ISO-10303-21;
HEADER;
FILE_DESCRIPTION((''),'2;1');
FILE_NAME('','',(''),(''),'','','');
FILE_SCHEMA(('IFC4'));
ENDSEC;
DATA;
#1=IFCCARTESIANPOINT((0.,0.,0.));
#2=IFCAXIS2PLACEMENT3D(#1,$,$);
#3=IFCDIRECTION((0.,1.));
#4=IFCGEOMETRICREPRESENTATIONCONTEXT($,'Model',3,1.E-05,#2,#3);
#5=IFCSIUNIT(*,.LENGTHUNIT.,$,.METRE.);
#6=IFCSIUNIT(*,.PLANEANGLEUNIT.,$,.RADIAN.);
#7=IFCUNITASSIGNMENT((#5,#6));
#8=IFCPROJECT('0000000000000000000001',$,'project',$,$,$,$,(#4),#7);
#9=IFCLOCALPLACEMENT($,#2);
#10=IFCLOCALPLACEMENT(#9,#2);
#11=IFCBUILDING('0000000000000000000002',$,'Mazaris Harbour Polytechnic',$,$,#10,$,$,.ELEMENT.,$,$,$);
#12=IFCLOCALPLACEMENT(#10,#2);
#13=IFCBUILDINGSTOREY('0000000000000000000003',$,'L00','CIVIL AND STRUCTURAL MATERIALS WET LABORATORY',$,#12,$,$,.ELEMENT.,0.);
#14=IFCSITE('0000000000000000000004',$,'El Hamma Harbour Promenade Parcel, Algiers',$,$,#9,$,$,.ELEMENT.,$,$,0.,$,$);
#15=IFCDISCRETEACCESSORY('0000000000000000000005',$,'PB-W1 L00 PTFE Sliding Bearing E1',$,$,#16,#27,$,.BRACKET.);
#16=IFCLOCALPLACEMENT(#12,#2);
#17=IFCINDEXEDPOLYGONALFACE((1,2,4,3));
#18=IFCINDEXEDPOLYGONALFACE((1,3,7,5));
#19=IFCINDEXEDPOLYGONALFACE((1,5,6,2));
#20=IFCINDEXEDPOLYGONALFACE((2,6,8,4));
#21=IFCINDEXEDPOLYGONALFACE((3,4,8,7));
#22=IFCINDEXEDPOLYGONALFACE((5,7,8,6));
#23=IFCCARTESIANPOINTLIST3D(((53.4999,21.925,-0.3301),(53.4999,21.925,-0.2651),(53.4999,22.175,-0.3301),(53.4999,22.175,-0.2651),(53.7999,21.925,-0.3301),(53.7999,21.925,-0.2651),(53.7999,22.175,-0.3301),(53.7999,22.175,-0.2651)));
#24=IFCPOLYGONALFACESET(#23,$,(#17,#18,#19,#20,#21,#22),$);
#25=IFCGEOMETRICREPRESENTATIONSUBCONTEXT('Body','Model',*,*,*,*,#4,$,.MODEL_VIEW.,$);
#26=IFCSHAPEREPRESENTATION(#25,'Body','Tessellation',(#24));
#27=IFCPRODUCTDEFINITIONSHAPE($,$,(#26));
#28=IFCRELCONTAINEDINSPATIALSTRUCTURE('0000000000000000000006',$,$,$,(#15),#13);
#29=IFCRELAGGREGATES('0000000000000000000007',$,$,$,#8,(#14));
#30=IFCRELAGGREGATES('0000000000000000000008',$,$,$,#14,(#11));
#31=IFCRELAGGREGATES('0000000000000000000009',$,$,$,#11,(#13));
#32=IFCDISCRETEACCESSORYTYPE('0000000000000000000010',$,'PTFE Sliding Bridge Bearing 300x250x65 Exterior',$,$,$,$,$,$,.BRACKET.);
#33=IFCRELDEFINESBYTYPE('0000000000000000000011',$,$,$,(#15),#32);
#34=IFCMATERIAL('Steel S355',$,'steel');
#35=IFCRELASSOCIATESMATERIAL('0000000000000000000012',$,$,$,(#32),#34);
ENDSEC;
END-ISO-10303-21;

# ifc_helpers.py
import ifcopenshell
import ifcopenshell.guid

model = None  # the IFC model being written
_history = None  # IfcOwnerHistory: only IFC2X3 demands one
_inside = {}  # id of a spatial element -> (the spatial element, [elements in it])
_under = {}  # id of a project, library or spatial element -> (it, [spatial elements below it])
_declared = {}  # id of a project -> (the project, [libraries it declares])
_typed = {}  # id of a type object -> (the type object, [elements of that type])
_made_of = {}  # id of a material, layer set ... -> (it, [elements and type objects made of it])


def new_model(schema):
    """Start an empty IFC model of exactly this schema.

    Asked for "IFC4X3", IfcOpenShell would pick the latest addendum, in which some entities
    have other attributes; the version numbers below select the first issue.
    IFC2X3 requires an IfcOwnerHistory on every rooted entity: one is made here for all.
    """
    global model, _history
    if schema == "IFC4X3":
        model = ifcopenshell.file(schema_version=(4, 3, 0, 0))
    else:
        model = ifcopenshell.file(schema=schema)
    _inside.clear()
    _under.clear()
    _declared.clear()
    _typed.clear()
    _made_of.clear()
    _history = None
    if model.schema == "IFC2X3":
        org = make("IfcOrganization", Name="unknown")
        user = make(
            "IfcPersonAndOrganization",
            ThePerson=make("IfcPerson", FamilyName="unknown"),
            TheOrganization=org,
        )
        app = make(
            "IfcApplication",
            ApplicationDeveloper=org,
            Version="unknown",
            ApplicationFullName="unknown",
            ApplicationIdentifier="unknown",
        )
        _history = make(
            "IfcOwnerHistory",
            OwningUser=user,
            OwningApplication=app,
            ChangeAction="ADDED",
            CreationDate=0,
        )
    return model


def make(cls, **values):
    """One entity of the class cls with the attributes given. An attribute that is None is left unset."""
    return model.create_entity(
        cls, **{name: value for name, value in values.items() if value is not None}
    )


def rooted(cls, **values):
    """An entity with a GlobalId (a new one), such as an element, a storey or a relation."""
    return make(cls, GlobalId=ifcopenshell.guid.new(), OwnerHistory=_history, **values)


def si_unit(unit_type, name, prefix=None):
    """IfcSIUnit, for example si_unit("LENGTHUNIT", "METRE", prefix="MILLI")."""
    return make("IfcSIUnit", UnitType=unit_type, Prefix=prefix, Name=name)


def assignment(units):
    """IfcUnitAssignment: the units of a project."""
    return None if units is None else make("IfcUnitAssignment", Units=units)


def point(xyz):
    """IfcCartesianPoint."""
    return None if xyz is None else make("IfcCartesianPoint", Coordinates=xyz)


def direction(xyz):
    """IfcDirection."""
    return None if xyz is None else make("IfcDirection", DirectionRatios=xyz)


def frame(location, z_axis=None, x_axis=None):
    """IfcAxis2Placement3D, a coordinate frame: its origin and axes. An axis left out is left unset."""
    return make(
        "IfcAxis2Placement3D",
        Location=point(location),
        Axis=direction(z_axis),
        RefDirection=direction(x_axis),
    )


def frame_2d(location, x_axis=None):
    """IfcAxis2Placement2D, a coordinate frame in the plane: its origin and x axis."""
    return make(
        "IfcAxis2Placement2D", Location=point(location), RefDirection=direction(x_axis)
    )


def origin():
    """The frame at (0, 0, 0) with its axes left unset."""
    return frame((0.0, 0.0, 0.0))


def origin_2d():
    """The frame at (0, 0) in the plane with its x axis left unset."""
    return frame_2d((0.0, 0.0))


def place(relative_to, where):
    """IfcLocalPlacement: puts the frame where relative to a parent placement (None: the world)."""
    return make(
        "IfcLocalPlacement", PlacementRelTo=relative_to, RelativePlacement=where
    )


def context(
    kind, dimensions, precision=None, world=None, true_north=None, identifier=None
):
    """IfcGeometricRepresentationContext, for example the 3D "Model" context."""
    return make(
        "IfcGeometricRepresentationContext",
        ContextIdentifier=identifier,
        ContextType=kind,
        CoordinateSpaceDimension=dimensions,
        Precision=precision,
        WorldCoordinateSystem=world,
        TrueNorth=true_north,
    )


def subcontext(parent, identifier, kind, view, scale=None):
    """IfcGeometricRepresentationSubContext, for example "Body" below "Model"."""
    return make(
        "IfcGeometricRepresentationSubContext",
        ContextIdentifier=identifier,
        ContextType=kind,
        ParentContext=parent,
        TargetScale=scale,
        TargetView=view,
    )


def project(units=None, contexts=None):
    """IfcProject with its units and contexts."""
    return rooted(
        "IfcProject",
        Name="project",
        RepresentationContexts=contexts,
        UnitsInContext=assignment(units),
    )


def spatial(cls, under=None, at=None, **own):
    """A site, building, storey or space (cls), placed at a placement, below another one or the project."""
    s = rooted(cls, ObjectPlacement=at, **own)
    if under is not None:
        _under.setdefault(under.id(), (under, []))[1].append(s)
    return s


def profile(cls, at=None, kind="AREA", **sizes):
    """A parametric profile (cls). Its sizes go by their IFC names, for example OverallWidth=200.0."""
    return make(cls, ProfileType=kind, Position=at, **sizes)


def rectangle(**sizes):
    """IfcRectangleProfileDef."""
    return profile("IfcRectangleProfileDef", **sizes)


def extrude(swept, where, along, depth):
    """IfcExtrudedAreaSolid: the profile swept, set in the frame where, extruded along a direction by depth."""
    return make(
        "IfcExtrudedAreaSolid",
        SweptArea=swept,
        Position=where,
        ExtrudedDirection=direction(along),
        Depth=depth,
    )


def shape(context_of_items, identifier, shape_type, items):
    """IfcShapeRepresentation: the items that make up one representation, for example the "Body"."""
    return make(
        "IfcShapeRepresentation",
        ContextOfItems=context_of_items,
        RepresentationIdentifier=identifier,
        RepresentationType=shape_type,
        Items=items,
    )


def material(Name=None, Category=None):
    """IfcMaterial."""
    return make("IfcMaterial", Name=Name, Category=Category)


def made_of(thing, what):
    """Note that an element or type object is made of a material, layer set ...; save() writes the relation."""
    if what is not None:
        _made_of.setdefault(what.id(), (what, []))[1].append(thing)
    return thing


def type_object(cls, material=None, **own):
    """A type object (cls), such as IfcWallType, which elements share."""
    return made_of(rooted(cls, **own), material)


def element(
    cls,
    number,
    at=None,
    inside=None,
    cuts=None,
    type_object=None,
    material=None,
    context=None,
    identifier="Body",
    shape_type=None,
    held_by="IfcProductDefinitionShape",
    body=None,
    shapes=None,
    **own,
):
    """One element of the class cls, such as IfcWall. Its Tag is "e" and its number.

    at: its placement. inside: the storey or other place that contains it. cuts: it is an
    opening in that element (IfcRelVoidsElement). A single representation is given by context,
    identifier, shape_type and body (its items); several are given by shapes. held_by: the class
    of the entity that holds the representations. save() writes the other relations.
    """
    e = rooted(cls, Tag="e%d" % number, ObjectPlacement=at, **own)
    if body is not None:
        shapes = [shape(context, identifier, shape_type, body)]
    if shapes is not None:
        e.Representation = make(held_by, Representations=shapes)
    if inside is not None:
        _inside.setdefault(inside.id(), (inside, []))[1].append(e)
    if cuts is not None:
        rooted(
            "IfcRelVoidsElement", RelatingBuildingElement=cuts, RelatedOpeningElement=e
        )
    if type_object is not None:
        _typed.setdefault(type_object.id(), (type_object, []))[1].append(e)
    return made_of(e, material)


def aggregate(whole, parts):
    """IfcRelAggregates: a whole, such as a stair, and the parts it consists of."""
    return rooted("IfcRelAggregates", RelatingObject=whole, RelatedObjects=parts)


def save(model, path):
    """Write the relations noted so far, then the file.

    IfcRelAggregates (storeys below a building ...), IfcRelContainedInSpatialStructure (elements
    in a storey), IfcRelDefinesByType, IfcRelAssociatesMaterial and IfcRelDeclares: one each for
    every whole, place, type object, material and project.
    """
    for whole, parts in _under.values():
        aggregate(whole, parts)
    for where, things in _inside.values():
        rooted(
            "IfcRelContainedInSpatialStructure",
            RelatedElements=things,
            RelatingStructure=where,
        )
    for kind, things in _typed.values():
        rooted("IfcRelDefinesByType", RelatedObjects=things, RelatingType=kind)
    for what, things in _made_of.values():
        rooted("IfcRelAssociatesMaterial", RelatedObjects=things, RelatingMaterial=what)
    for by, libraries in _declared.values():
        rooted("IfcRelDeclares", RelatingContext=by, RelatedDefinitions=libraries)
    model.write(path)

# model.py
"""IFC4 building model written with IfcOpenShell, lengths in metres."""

from ifc_helpers import new_model, si_unit, direction, frame, origin, origin_2d, place, context, subcontext, project, spatial, rectangle, extrude, material, type_object, element, save


model = new_model("IFC4")

# Units and contexts
model_context = context("Model", 3, precision=1e-05, world=origin(), true_north=direction((0.0, 1.0)))
body_context = subcontext(model_context, "Body", "Model", "MODEL_VIEW")
ifc_project = project(units=[si_unit("LENGTHUNIT", "METRE"), si_unit("PLANEANGLEUNIT", "RADIAN")], contexts=[model_context])

# Site, building, storey
site_placement = place(None, origin())
site = spatial("IfcSite", under=ifc_project, at=site_placement, Name="El Hamma Harbour Promenade Parcel, Algiers", CompositionType="ELEMENT", RefElevation=0.0)
building_placement = place(site_placement, origin())
building = spatial("IfcBuilding", under=site, at=building_placement, Name="Mazaris Harbour Polytechnic", CompositionType="ELEMENT")
storey_placement = place(building_placement, origin())
storey = spatial("IfcBuildingStorey", under=building, at=storey_placement, Name="L00", Description="CIVIL AND STRUCTURAL MATERIALS WET LABORATORY", CompositionType="ELEMENT", Elevation=0.0)

# Discrete accessory
ifc_material_1 = material(Name="Steel S355", Category="steel")
discrete_accessory_type = type_object("IfcDiscreteAccessoryType", Name="PTFE Sliding Bridge Bearing 300x250x65 Exterior", PredefinedType="BRACKET", material=ifc_material_1)
discrete_accessory_placement = place(storey_placement, frame((53.6499, 22.05, -0.3301), z_axis=(0.0, 0.0, 1.0), x_axis=(1.0, 0.0, 0.0)))
element("IfcDiscreteAccessory", 1, at=discrete_accessory_placement, inside=storey, type_object=discrete_accessory_type, Name="PB-W1 L00 PTFE Sliding Bearing E1", PredefinedType="BRACKET", context=body_context, shape_type="SweptSolid", body=[
    extrude(rectangle(XDim=0.3, YDim=0.25, at=origin_2d()), origin(), (0.0, 0.0, 1.0), 0.0649),
])

save(model, "model.ifc")
